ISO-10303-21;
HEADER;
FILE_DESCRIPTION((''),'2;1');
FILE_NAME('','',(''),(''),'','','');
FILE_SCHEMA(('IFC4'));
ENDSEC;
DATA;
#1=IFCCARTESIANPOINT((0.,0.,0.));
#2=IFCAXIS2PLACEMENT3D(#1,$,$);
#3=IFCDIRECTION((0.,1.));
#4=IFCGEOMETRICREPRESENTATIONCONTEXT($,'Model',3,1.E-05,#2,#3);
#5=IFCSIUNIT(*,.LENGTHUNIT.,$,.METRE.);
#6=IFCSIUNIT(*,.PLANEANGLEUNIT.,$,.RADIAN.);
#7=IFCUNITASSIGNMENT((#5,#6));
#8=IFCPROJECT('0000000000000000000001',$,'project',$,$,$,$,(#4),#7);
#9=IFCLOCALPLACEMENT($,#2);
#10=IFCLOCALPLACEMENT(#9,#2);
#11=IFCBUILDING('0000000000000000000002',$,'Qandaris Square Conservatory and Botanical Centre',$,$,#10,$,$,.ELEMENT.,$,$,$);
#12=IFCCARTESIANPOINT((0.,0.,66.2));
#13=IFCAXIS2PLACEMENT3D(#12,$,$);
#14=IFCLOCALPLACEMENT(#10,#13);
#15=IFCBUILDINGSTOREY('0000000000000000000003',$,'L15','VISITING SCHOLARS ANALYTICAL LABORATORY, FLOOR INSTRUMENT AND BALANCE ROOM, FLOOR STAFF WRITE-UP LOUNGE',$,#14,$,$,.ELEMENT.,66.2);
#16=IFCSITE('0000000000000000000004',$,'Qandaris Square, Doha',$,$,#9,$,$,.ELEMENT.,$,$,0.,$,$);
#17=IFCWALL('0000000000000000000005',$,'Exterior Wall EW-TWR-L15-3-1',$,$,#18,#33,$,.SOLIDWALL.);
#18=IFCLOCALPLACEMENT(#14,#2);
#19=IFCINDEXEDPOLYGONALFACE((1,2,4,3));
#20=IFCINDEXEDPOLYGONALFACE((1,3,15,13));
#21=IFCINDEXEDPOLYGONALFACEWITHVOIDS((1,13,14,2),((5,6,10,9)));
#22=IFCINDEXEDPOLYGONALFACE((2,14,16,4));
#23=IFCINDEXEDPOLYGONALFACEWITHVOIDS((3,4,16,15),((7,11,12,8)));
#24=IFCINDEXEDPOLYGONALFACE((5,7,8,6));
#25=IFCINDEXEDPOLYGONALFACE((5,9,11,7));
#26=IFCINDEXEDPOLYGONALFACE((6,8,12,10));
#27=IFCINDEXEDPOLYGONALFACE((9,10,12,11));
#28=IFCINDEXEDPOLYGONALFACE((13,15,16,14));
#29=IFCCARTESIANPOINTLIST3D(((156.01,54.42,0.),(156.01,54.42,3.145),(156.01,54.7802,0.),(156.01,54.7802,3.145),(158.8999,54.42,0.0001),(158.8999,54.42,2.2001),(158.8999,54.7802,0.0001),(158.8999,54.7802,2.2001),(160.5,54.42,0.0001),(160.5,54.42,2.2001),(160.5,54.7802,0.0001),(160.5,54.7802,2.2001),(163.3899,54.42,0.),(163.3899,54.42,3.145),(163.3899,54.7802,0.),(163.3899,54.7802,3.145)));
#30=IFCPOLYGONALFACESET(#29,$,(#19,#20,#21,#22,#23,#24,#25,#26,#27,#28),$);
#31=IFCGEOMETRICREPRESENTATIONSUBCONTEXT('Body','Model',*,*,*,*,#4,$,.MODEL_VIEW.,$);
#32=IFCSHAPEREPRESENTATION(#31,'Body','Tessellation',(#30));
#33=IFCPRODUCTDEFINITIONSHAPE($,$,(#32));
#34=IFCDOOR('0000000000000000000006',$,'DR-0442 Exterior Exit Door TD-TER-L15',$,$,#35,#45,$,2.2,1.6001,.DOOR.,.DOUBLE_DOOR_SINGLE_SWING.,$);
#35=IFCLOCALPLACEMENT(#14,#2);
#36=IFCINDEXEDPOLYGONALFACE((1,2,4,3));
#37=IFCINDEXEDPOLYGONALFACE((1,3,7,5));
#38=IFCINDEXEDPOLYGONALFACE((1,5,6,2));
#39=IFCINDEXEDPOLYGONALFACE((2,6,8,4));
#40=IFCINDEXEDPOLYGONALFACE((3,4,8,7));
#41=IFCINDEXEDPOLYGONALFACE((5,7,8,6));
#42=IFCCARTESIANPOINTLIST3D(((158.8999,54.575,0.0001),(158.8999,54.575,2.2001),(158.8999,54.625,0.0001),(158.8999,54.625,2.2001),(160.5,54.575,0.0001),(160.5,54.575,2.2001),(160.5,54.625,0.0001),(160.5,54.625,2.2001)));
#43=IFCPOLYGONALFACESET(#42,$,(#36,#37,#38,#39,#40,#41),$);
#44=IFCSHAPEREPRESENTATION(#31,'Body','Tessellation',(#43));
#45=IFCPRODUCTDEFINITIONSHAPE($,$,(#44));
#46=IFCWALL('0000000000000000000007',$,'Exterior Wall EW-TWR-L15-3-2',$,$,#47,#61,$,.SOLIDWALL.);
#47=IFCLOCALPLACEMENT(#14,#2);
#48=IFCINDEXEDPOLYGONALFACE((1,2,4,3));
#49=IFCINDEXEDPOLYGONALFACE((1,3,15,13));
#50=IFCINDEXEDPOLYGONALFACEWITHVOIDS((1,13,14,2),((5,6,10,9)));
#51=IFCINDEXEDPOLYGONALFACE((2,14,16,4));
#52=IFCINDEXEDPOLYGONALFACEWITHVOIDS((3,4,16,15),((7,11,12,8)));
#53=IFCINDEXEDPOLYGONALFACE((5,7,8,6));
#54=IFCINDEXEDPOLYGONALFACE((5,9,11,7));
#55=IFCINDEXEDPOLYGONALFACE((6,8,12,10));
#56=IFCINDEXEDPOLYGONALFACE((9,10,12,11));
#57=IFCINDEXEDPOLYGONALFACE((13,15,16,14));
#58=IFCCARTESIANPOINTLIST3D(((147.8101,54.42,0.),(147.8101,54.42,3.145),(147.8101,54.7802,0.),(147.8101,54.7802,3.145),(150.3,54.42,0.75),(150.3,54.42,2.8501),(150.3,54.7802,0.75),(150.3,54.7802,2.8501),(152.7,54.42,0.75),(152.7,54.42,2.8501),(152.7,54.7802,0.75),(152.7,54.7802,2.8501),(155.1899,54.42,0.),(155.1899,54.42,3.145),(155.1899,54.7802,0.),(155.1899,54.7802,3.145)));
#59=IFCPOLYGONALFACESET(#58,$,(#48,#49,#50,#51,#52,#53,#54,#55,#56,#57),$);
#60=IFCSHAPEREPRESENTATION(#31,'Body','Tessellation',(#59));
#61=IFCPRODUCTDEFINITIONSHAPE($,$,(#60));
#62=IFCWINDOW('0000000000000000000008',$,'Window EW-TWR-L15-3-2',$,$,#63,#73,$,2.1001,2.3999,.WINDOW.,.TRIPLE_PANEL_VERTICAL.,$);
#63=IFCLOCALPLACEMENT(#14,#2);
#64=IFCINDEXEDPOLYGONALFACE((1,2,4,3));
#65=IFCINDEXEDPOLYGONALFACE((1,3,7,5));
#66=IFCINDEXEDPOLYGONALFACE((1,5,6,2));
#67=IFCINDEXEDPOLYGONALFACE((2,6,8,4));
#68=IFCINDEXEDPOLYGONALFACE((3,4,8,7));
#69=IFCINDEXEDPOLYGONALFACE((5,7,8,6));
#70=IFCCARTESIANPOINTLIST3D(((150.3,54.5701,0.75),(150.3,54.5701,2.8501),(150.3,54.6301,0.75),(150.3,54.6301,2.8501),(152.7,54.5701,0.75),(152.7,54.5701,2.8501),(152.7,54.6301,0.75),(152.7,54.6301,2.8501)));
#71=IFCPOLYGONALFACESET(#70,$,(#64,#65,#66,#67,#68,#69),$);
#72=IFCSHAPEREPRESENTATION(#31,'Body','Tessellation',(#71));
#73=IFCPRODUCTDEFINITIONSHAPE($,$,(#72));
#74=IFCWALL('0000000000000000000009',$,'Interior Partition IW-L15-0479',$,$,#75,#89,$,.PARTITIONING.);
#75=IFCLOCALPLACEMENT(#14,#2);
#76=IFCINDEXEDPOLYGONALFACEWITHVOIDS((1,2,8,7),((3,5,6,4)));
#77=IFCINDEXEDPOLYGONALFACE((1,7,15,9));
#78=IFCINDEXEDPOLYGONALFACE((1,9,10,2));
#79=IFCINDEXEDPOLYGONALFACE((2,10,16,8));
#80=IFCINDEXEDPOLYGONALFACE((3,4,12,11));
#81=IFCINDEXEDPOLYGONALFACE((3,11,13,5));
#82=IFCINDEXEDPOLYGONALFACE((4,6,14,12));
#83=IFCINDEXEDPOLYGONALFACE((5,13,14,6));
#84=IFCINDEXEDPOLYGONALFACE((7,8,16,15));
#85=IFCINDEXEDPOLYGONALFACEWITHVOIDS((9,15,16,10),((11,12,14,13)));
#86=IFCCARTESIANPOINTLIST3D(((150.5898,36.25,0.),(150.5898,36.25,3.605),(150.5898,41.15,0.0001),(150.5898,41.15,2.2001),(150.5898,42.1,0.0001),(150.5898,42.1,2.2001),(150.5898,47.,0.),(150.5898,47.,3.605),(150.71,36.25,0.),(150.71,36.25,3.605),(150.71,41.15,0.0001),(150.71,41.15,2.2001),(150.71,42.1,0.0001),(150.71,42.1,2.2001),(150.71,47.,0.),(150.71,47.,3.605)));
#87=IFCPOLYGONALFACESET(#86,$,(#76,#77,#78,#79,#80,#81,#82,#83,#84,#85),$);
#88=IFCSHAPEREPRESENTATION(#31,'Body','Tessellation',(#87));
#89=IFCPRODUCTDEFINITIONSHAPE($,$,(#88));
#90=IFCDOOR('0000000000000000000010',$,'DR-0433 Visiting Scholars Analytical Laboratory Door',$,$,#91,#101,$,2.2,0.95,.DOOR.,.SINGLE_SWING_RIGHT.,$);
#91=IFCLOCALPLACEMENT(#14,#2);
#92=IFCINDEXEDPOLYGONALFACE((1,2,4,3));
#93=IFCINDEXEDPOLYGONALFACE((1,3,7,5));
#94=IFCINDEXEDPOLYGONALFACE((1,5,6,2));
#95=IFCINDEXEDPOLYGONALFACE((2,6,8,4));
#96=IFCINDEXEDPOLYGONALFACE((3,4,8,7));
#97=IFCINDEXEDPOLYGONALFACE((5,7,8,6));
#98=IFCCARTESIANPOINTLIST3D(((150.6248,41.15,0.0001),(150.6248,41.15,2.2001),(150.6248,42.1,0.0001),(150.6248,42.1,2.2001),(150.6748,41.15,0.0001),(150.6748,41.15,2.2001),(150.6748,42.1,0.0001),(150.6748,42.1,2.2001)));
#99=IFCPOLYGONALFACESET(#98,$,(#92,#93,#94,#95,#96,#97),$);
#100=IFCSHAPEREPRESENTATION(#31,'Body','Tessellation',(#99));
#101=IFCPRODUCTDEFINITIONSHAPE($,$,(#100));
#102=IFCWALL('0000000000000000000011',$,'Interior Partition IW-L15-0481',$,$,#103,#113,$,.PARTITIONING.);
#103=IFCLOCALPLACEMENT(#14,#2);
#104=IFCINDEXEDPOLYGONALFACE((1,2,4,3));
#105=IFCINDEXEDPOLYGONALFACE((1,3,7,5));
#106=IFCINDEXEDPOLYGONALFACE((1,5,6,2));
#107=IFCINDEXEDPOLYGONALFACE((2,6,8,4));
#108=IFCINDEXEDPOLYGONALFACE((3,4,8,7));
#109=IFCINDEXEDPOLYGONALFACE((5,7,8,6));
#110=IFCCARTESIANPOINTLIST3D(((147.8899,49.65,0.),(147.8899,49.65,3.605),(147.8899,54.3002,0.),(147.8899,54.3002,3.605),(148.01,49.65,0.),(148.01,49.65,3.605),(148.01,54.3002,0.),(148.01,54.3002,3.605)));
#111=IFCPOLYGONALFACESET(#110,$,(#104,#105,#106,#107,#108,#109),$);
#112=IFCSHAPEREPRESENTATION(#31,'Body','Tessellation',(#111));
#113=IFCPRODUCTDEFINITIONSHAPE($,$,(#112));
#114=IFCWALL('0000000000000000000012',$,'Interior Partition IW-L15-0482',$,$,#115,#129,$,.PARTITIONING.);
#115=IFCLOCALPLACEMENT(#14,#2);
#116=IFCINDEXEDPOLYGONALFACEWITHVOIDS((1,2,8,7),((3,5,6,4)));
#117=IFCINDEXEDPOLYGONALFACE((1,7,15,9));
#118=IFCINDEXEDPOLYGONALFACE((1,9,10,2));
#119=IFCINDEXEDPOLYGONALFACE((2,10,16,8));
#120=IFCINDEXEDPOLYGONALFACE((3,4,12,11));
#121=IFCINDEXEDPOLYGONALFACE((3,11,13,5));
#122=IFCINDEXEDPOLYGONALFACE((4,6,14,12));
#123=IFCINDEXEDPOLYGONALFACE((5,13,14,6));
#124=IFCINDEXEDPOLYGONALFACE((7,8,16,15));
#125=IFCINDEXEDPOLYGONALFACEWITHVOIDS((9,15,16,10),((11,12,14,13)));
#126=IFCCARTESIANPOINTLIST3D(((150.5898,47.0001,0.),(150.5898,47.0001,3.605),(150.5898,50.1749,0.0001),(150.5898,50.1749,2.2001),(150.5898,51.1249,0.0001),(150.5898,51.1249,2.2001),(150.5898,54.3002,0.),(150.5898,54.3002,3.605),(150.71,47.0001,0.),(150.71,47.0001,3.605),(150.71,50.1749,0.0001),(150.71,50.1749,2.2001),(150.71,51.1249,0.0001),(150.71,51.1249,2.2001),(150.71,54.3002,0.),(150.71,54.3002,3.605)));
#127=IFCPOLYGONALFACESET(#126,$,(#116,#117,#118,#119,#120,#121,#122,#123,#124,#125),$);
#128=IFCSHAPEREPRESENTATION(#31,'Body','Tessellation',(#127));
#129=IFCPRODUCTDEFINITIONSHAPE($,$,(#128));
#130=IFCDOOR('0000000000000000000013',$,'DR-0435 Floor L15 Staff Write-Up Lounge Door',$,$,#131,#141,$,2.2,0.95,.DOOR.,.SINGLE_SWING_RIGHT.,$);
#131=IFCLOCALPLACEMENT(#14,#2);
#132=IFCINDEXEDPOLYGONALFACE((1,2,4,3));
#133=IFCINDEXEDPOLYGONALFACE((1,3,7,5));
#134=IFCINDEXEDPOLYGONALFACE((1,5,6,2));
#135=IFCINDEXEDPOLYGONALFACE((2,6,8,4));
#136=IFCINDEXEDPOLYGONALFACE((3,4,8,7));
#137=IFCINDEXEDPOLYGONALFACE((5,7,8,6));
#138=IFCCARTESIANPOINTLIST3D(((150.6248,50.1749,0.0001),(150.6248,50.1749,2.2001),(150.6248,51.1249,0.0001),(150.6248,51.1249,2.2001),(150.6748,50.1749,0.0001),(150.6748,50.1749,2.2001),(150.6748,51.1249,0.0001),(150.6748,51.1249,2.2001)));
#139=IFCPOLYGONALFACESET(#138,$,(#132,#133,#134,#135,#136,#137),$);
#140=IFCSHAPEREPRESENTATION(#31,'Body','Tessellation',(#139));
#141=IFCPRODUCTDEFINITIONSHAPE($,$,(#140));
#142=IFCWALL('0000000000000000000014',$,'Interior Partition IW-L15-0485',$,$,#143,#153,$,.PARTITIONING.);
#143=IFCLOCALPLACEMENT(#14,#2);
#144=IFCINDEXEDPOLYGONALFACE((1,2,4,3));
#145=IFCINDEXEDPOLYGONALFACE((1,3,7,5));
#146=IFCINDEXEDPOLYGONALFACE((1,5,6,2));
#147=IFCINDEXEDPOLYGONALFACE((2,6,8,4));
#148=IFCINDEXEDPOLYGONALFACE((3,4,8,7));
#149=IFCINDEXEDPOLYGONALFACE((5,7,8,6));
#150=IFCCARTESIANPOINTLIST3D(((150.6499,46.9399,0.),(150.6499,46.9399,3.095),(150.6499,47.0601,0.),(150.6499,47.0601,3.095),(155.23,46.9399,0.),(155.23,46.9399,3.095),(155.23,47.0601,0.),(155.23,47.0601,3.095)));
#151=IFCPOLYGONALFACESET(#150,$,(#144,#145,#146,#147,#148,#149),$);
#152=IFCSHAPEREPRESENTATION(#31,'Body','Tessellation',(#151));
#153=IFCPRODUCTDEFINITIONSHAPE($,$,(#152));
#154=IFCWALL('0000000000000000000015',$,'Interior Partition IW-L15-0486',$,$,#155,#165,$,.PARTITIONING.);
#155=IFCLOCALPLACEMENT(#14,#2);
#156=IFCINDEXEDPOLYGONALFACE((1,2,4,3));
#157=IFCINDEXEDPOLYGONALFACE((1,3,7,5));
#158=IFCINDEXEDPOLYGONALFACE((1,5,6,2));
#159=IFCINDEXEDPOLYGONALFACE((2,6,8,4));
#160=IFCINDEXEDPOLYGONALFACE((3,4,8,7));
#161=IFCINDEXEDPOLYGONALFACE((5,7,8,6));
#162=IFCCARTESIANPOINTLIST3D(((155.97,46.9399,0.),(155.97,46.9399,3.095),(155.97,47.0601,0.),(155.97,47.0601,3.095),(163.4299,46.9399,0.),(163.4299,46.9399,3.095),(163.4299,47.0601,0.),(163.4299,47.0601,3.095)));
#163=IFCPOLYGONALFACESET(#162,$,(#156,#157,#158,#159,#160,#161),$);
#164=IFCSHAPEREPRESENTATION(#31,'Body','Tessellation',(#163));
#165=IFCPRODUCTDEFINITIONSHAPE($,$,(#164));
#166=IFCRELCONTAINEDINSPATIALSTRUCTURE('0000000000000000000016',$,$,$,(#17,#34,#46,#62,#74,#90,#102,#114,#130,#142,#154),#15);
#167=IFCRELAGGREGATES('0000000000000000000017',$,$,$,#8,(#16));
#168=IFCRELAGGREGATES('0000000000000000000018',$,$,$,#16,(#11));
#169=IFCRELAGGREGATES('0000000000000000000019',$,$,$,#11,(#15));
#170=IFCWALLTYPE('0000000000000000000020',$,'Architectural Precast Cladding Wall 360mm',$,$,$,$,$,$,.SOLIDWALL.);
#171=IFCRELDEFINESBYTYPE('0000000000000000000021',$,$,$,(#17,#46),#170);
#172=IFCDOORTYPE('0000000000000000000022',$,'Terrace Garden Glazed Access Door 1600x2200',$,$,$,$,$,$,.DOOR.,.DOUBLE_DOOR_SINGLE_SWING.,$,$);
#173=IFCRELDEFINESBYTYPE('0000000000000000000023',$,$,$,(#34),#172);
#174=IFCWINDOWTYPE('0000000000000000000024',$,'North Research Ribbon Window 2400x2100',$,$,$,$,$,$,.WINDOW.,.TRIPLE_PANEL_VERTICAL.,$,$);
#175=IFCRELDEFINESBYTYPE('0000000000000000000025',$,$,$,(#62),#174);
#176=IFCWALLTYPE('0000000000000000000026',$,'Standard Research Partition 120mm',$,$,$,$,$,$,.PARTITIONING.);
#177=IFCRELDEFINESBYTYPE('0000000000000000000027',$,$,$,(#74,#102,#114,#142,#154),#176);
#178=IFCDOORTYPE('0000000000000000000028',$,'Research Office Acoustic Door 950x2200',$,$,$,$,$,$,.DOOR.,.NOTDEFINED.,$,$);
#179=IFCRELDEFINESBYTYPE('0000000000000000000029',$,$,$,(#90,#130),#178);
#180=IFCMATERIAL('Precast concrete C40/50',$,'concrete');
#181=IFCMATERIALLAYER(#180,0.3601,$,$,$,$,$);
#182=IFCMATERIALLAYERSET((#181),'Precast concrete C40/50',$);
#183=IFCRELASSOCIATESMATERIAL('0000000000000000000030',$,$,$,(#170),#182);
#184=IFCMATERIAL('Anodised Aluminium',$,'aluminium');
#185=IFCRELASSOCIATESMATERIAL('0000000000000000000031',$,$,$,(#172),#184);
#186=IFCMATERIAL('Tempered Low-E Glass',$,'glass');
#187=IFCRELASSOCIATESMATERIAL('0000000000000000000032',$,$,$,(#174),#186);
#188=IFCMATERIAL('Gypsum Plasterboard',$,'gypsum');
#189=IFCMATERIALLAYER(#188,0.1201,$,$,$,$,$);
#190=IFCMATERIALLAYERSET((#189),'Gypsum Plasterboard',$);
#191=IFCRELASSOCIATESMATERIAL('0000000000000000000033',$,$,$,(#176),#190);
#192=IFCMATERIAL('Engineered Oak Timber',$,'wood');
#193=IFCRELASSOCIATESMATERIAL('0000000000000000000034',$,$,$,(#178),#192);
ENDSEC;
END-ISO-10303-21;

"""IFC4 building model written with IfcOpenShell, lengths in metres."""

from ifc_helpers import new_model, si_unit, direction, frame, frame_2d, origin, place, context, subcontext, project, spatial, rectangle, extrude, material, layer, layer_set, type_object, element, fill, save


model = new_model("IFC4")

# Units and contexts
model_context = context("Model", 3, precision=1e-05, world=origin(), true_north=direction((0.0, 1.0)))
body_context = subcontext(model_context, "Body", "Model", "MODEL_VIEW")
ifc_project = project(units=[si_unit("LENGTHUNIT", "METRE"), si_unit("PLANEANGLEUNIT", "RADIAN")], contexts=[model_context])

# Site, building, storey
site_placement = place(None, origin())
site = spatial("IfcSite", under=ifc_project, at=site_placement, Name="Qandaris Square, Doha", CompositionType="ELEMENT", RefElevation=0.0)
building_placement = place(site_placement, origin())
building = spatial("IfcBuilding", under=site, at=building_placement, Name="Qandaris Square Conservatory and Botanical Centre", CompositionType="ELEMENT")
storey_placement = place(building_placement, frame((0.0, 0.0, 66.2)))
storey = spatial("IfcBuildingStorey", under=building, at=storey_placement, Name="L15", Description="VISITING SCHOLARS ANALYTICAL LABORATORY, FLOOR INSTRUMENT AND BALANCE ROOM, FLOOR STAFF WRITE-UP LOUNGE", CompositionType="ELEMENT", Elevation=66.2)

# Shared definitions
ifc_material_1 = material(Name="Anodised Aluminium", Category="aluminium")

# Shared definitions
ifc_material_2 = material(Name="Precast concrete C40/50", Category="concrete")
ifc_layer_1 = layer(ifc_material_2, 0.3601)
ifc_layer_set_1 = layer_set([ifc_layer_1], Name="Precast concrete C40/50")
wall_type_1 = type_object("IfcWallType", Name="Architectural Precast Cladding Wall 360mm", PredefinedType="SOLIDWALL", material=ifc_layer_set_1)
ifc_material_3 = material(Name="Tempered Low-E Glass", Category="glass")

# Wall, opening, door
wall_1_placement = place(storey_placement, frame((163.3899, 54.6001, 0.0), z_axis=(0.0, 0.0, 1.0), x_axis=(-1.0, 0.0, 0.0)))
wall_1 = element("IfcWall", 1, at=wall_1_placement, inside=storey, type_object=wall_type_1, Name="Exterior Wall EW-TWR-L15-3-1", PredefinedType="SOLIDWALL", context=body_context, shape_type="SweptSolid", body=[
    extrude(rectangle(XDim=7.3799, YDim=0.3601, at=frame_2d((3.6899, 0.0))), origin(), (0.0, 0.0, 1.0), 3.145),
])
opening_1_placement = place(wall_1_placement, frame((2.8899, 0.0, 0.0)))
opening_1 = element("IfcOpeningElement", 2, at=opening_1_placement, cuts=wall_1, PredefinedType="OPENING", context=body_context, shape_type="SweptSolid", body=[
    extrude(rectangle(XDim=1.6001, YDim=2.2, at=frame_2d((0.8, 1.1001))), frame((0.0, 0.1919, 0.0), z_axis=(0.0, -1.0, 0.0), x_axis=(1.0, 0.0, 0.0)), (0.0, 0.0, 1.0), 0.384),
])
door_type_1 = type_object("IfcDoorType", Name="Terrace Garden Glazed Access Door 1600x2200", OperationType="DOUBLE_DOOR_SINGLE_SWING", PredefinedType="DOOR", material=ifc_material_1)
door_1_placement = place(opening_1_placement, frame((1.6001, 0.0, 0.0), z_axis=(0.0, 0.0, 1.0), x_axis=(-1.0, 0.0, 0.0)))
door_1 = element("IfcDoor", 3, at=door_1_placement, inside=storey, type_object=door_type_1, Name="DR-0442 Exterior Exit Door TD-TER-L15", OperationType="DOUBLE_DOOR_SINGLE_SWING", OverallHeight=2.2, OverallWidth=1.6001, PredefinedType="DOOR", context=body_context, shape_type="SweptSolid", body=[
    extrude(rectangle(XDim=1.6001, YDim=2.2, at=frame_2d((0.8, 1.1001))), frame((0.0, 0.0249, 0.0), z_axis=(0.0, -1.0, 0.0), x_axis=(1.0, 0.0, 0.0)), (0.0, 0.0, 1.0), 0.05),
])
fill(opening_1, door_1)

# Wall, opening, window
wall_2_placement = place(storey_placement, frame((155.1899, 54.6001, 0.0), z_axis=(0.0, 0.0, 1.0), x_axis=(-1.0, 0.0, 0.0)))
wall_2 = element("IfcWall", 4, at=wall_2_placement, inside=storey, type_object=wall_type_1, Name="Exterior Wall EW-TWR-L15-3-2", PredefinedType="SOLIDWALL", context=body_context, shape_type="SweptSolid", body=[
    extrude(rectangle(XDim=7.3799, YDim=0.3601, at=frame_2d((3.6899, 0.0))), origin(), (0.0, 0.0, 1.0), 3.145),
])
opening_2_placement = place(wall_2_placement, frame((2.49, 0.0, 0.75)))
opening_2 = element("IfcOpeningElement", 5, at=opening_2_placement, cuts=wall_2, PredefinedType="OPENING", context=body_context, shape_type="SweptSolid", body=[
    extrude(rectangle(XDim=2.3999, YDim=2.1001, at=frame_2d((1.2, 1.05))), frame((0.0, 0.1919, 0.0), z_axis=(0.0, -1.0, 0.0), x_axis=(1.0, 0.0, 0.0)), (0.0, 0.0, 1.0), 0.384),
])
window_type_1 = type_object("IfcWindowType", Name="North Research Ribbon Window 2400x2100", PartitioningType="TRIPLE_PANEL_VERTICAL", PredefinedType="WINDOW", material=ifc_material_3)
window_1_placement = place(opening_2_placement, origin())
window_1 = element("IfcWindow", 6, at=window_1_placement, inside=storey, type_object=window_type_1, Name="Window EW-TWR-L15-3-2", OverallHeight=2.1001, OverallWidth=2.3999, PartitioningType="TRIPLE_PANEL_VERTICAL", PredefinedType="WINDOW", context=body_context, shape_type="SweptSolid", body=[
    extrude(rectangle(XDim=2.3999, YDim=2.1001, at=frame_2d((1.2, 1.05))), frame((0.0, 0.03, 0.0), z_axis=(0.0, -1.0, 0.0), x_axis=(1.0, 0.0, 0.0)), (0.0, 0.0, 1.0), 0.0601),
])
fill(opening_2, window_1)

# Wall, opening, door
ifc_material_4 = material(Name="Gypsum Plasterboard", Category="gypsum")
ifc_layer_2 = layer(ifc_material_4, 0.1201)
ifc_layer_set_2 = layer_set([ifc_layer_2], Name="Gypsum Plasterboard")
wall_type_2 = type_object("IfcWallType", Name="Standard Research Partition 120mm", PredefinedType="PARTITIONING", material=ifc_layer_set_2)
wall_3_placement = place(storey_placement, frame((150.6499, 47.0, 0.0), z_axis=(0.0, 0.0, 1.0), x_axis=(0.0, -1.0, 0.0)))
wall_3 = element("IfcWall", 7, at=wall_3_placement, inside=storey, type_object=wall_type_2, Name="Interior Partition IW-L15-0479", PredefinedType="PARTITIONING", context=body_context, shape_type="SweptSolid", body=[
    extrude(rectangle(XDim=10.75, YDim=0.1201, at=frame_2d((5.375, 0.0))), origin(), (0.0, 0.0, 1.0), 3.605),
])
opening_3_placement = place(wall_3_placement, frame((4.8999, 0.0, 0.0)))
opening_3 = element("IfcOpeningElement", 8, at=opening_3_placement, cuts=wall_3, PredefinedType="OPENING", context=body_context, shape_type="SweptSolid", body=[
    extrude(rectangle(XDim=0.95, YDim=2.2, at=frame_2d((0.4751, 1.1001))), frame((0.0, 0.072, 0.0), z_axis=(0.0, -1.0, 0.0), x_axis=(1.0, 0.0, 0.0)), (0.0, 0.0, 1.0), 0.144),
])
ifc_material_5 = material(Name="Engineered Oak Timber", Category="wood")
door_type_2 = type_object("IfcDoorType", Name="Research Office Acoustic Door 950x2200", OperationType="NOTDEFINED", PredefinedType="DOOR", material=ifc_material_5)
door_2_placement = place(opening_3_placement, origin())
door_2 = element("IfcDoor", 9, at=door_2_placement, inside=storey, type_object=door_type_2, Name="DR-0433 Visiting Scholars Analytical Laboratory Door", OperationType="SINGLE_SWING_RIGHT", OverallHeight=2.2, OverallWidth=0.95, PredefinedType="DOOR", context=body_context, shape_type="SweptSolid", body=[
    extrude(rectangle(XDim=0.95, YDim=2.2, at=frame_2d((0.4751, 1.1001))), frame((0.0, 0.0249, 0.0), z_axis=(0.0, -1.0, 0.0), x_axis=(1.0, 0.0, 0.0)), (0.0, 0.0, 1.0), 0.05),
])
fill(opening_3, door_2)

# Wall
wall_4_placement = place(storey_placement, frame((147.95, 49.6499, 0.0), z_axis=(0.0, 0.0, 1.0), x_axis=(0.0, 1.0, 0.0)))
element("IfcWall", 10, at=wall_4_placement, inside=storey, type_object=wall_type_2, Name="Interior Partition IW-L15-0481", PredefinedType="PARTITIONING", context=body_context, shape_type="SweptSolid", body=[
    extrude(rectangle(XDim=4.6501, YDim=0.1201, at=frame_2d((2.3252, 0.0))), origin(), (0.0, 0.0, 1.0), 3.605),
])

# Wall, opening, door
wall_5_placement = place(storey_placement, frame((150.6499, 54.3, 0.0), z_axis=(0.0, 0.0, 1.0), x_axis=(0.0, -1.0, 0.0)))
wall_5 = element("IfcWall", 11, at=wall_5_placement, inside=storey, type_object=wall_type_2, Name="Interior Partition IW-L15-0482", PredefinedType="PARTITIONING", context=body_context, shape_type="SweptSolid", body=[
    extrude(rectangle(XDim=7.3, YDim=0.1201, at=frame_2d((3.6499, 0.0))), origin(), (0.0, 0.0, 1.0), 3.605),
])
opening_4_placement = place(wall_5_placement, frame((3.175, 0.0, 0.0)))
opening_4 = element("IfcOpeningElement", 12, at=opening_4_placement, cuts=wall_5, PredefinedType="OPENING", context=body_context, shape_type="SweptSolid", body=[
    extrude(rectangle(XDim=0.95, YDim=2.2, at=frame_2d((0.4751, 1.1001))), frame((0.0, 0.072, 0.0), z_axis=(0.0, -1.0, 0.0), x_axis=(1.0, 0.0, 0.0)), (0.0, 0.0, 1.0), 0.144),
])
door_3_placement = place(opening_4_placement, origin())
door_3 = element("IfcDoor", 13, at=door_3_placement, inside=storey, type_object=door_type_2, Name="DR-0435 Floor L15 Staff Write-Up Lounge Door", OperationType="SINGLE_SWING_RIGHT", OverallHeight=2.2, OverallWidth=0.95, PredefinedType="DOOR", context=body_context, shape_type="SweptSolid", body=[
    extrude(rectangle(XDim=0.95, YDim=2.2, at=frame_2d((0.4751, 1.1001))), frame((0.0, 0.0249, 0.0), z_axis=(0.0, -1.0, 0.0), x_axis=(1.0, 0.0, 0.0)), (0.0, 0.0, 1.0), 0.05),
])
fill(opening_4, door_3)

# Walls
wall_6_placement = place(storey_placement, frame((150.6499, 47.0, 0.0), z_axis=(0.0, 0.0, 1.0), x_axis=(1.0, 0.0, 0.0)))
element("IfcWall", 14, at=wall_6_placement, inside=storey, type_object=wall_type_2, Name="Interior Partition IW-L15-0485", PredefinedType="PARTITIONING", context=body_context, shape_type="SweptSolid", body=[
    extrude(rectangle(XDim=4.5801, YDim=0.1201, at=frame_2d((2.29, 0.0))), origin(), (0.0, 0.0, 1.0), 3.095),
])
wall_7_placement = place(storey_placement, frame((155.97, 47.0, 0.0), z_axis=(0.0, 0.0, 1.0), x_axis=(1.0, 0.0, 0.0)))
element("IfcWall", 15, at=wall_7_placement, inside=storey, type_object=wall_type_2, Name="Interior Partition IW-L15-0486", PredefinedType="PARTITIONING", context=body_context, shape_type="SweptSolid", body=[
    extrude(rectangle(XDim=7.46, YDim=0.1201, at=frame_2d((3.73, 0.0))), origin(), (0.0, 0.0, 1.0), 3.095),
])

save(model, "model.ifc")
